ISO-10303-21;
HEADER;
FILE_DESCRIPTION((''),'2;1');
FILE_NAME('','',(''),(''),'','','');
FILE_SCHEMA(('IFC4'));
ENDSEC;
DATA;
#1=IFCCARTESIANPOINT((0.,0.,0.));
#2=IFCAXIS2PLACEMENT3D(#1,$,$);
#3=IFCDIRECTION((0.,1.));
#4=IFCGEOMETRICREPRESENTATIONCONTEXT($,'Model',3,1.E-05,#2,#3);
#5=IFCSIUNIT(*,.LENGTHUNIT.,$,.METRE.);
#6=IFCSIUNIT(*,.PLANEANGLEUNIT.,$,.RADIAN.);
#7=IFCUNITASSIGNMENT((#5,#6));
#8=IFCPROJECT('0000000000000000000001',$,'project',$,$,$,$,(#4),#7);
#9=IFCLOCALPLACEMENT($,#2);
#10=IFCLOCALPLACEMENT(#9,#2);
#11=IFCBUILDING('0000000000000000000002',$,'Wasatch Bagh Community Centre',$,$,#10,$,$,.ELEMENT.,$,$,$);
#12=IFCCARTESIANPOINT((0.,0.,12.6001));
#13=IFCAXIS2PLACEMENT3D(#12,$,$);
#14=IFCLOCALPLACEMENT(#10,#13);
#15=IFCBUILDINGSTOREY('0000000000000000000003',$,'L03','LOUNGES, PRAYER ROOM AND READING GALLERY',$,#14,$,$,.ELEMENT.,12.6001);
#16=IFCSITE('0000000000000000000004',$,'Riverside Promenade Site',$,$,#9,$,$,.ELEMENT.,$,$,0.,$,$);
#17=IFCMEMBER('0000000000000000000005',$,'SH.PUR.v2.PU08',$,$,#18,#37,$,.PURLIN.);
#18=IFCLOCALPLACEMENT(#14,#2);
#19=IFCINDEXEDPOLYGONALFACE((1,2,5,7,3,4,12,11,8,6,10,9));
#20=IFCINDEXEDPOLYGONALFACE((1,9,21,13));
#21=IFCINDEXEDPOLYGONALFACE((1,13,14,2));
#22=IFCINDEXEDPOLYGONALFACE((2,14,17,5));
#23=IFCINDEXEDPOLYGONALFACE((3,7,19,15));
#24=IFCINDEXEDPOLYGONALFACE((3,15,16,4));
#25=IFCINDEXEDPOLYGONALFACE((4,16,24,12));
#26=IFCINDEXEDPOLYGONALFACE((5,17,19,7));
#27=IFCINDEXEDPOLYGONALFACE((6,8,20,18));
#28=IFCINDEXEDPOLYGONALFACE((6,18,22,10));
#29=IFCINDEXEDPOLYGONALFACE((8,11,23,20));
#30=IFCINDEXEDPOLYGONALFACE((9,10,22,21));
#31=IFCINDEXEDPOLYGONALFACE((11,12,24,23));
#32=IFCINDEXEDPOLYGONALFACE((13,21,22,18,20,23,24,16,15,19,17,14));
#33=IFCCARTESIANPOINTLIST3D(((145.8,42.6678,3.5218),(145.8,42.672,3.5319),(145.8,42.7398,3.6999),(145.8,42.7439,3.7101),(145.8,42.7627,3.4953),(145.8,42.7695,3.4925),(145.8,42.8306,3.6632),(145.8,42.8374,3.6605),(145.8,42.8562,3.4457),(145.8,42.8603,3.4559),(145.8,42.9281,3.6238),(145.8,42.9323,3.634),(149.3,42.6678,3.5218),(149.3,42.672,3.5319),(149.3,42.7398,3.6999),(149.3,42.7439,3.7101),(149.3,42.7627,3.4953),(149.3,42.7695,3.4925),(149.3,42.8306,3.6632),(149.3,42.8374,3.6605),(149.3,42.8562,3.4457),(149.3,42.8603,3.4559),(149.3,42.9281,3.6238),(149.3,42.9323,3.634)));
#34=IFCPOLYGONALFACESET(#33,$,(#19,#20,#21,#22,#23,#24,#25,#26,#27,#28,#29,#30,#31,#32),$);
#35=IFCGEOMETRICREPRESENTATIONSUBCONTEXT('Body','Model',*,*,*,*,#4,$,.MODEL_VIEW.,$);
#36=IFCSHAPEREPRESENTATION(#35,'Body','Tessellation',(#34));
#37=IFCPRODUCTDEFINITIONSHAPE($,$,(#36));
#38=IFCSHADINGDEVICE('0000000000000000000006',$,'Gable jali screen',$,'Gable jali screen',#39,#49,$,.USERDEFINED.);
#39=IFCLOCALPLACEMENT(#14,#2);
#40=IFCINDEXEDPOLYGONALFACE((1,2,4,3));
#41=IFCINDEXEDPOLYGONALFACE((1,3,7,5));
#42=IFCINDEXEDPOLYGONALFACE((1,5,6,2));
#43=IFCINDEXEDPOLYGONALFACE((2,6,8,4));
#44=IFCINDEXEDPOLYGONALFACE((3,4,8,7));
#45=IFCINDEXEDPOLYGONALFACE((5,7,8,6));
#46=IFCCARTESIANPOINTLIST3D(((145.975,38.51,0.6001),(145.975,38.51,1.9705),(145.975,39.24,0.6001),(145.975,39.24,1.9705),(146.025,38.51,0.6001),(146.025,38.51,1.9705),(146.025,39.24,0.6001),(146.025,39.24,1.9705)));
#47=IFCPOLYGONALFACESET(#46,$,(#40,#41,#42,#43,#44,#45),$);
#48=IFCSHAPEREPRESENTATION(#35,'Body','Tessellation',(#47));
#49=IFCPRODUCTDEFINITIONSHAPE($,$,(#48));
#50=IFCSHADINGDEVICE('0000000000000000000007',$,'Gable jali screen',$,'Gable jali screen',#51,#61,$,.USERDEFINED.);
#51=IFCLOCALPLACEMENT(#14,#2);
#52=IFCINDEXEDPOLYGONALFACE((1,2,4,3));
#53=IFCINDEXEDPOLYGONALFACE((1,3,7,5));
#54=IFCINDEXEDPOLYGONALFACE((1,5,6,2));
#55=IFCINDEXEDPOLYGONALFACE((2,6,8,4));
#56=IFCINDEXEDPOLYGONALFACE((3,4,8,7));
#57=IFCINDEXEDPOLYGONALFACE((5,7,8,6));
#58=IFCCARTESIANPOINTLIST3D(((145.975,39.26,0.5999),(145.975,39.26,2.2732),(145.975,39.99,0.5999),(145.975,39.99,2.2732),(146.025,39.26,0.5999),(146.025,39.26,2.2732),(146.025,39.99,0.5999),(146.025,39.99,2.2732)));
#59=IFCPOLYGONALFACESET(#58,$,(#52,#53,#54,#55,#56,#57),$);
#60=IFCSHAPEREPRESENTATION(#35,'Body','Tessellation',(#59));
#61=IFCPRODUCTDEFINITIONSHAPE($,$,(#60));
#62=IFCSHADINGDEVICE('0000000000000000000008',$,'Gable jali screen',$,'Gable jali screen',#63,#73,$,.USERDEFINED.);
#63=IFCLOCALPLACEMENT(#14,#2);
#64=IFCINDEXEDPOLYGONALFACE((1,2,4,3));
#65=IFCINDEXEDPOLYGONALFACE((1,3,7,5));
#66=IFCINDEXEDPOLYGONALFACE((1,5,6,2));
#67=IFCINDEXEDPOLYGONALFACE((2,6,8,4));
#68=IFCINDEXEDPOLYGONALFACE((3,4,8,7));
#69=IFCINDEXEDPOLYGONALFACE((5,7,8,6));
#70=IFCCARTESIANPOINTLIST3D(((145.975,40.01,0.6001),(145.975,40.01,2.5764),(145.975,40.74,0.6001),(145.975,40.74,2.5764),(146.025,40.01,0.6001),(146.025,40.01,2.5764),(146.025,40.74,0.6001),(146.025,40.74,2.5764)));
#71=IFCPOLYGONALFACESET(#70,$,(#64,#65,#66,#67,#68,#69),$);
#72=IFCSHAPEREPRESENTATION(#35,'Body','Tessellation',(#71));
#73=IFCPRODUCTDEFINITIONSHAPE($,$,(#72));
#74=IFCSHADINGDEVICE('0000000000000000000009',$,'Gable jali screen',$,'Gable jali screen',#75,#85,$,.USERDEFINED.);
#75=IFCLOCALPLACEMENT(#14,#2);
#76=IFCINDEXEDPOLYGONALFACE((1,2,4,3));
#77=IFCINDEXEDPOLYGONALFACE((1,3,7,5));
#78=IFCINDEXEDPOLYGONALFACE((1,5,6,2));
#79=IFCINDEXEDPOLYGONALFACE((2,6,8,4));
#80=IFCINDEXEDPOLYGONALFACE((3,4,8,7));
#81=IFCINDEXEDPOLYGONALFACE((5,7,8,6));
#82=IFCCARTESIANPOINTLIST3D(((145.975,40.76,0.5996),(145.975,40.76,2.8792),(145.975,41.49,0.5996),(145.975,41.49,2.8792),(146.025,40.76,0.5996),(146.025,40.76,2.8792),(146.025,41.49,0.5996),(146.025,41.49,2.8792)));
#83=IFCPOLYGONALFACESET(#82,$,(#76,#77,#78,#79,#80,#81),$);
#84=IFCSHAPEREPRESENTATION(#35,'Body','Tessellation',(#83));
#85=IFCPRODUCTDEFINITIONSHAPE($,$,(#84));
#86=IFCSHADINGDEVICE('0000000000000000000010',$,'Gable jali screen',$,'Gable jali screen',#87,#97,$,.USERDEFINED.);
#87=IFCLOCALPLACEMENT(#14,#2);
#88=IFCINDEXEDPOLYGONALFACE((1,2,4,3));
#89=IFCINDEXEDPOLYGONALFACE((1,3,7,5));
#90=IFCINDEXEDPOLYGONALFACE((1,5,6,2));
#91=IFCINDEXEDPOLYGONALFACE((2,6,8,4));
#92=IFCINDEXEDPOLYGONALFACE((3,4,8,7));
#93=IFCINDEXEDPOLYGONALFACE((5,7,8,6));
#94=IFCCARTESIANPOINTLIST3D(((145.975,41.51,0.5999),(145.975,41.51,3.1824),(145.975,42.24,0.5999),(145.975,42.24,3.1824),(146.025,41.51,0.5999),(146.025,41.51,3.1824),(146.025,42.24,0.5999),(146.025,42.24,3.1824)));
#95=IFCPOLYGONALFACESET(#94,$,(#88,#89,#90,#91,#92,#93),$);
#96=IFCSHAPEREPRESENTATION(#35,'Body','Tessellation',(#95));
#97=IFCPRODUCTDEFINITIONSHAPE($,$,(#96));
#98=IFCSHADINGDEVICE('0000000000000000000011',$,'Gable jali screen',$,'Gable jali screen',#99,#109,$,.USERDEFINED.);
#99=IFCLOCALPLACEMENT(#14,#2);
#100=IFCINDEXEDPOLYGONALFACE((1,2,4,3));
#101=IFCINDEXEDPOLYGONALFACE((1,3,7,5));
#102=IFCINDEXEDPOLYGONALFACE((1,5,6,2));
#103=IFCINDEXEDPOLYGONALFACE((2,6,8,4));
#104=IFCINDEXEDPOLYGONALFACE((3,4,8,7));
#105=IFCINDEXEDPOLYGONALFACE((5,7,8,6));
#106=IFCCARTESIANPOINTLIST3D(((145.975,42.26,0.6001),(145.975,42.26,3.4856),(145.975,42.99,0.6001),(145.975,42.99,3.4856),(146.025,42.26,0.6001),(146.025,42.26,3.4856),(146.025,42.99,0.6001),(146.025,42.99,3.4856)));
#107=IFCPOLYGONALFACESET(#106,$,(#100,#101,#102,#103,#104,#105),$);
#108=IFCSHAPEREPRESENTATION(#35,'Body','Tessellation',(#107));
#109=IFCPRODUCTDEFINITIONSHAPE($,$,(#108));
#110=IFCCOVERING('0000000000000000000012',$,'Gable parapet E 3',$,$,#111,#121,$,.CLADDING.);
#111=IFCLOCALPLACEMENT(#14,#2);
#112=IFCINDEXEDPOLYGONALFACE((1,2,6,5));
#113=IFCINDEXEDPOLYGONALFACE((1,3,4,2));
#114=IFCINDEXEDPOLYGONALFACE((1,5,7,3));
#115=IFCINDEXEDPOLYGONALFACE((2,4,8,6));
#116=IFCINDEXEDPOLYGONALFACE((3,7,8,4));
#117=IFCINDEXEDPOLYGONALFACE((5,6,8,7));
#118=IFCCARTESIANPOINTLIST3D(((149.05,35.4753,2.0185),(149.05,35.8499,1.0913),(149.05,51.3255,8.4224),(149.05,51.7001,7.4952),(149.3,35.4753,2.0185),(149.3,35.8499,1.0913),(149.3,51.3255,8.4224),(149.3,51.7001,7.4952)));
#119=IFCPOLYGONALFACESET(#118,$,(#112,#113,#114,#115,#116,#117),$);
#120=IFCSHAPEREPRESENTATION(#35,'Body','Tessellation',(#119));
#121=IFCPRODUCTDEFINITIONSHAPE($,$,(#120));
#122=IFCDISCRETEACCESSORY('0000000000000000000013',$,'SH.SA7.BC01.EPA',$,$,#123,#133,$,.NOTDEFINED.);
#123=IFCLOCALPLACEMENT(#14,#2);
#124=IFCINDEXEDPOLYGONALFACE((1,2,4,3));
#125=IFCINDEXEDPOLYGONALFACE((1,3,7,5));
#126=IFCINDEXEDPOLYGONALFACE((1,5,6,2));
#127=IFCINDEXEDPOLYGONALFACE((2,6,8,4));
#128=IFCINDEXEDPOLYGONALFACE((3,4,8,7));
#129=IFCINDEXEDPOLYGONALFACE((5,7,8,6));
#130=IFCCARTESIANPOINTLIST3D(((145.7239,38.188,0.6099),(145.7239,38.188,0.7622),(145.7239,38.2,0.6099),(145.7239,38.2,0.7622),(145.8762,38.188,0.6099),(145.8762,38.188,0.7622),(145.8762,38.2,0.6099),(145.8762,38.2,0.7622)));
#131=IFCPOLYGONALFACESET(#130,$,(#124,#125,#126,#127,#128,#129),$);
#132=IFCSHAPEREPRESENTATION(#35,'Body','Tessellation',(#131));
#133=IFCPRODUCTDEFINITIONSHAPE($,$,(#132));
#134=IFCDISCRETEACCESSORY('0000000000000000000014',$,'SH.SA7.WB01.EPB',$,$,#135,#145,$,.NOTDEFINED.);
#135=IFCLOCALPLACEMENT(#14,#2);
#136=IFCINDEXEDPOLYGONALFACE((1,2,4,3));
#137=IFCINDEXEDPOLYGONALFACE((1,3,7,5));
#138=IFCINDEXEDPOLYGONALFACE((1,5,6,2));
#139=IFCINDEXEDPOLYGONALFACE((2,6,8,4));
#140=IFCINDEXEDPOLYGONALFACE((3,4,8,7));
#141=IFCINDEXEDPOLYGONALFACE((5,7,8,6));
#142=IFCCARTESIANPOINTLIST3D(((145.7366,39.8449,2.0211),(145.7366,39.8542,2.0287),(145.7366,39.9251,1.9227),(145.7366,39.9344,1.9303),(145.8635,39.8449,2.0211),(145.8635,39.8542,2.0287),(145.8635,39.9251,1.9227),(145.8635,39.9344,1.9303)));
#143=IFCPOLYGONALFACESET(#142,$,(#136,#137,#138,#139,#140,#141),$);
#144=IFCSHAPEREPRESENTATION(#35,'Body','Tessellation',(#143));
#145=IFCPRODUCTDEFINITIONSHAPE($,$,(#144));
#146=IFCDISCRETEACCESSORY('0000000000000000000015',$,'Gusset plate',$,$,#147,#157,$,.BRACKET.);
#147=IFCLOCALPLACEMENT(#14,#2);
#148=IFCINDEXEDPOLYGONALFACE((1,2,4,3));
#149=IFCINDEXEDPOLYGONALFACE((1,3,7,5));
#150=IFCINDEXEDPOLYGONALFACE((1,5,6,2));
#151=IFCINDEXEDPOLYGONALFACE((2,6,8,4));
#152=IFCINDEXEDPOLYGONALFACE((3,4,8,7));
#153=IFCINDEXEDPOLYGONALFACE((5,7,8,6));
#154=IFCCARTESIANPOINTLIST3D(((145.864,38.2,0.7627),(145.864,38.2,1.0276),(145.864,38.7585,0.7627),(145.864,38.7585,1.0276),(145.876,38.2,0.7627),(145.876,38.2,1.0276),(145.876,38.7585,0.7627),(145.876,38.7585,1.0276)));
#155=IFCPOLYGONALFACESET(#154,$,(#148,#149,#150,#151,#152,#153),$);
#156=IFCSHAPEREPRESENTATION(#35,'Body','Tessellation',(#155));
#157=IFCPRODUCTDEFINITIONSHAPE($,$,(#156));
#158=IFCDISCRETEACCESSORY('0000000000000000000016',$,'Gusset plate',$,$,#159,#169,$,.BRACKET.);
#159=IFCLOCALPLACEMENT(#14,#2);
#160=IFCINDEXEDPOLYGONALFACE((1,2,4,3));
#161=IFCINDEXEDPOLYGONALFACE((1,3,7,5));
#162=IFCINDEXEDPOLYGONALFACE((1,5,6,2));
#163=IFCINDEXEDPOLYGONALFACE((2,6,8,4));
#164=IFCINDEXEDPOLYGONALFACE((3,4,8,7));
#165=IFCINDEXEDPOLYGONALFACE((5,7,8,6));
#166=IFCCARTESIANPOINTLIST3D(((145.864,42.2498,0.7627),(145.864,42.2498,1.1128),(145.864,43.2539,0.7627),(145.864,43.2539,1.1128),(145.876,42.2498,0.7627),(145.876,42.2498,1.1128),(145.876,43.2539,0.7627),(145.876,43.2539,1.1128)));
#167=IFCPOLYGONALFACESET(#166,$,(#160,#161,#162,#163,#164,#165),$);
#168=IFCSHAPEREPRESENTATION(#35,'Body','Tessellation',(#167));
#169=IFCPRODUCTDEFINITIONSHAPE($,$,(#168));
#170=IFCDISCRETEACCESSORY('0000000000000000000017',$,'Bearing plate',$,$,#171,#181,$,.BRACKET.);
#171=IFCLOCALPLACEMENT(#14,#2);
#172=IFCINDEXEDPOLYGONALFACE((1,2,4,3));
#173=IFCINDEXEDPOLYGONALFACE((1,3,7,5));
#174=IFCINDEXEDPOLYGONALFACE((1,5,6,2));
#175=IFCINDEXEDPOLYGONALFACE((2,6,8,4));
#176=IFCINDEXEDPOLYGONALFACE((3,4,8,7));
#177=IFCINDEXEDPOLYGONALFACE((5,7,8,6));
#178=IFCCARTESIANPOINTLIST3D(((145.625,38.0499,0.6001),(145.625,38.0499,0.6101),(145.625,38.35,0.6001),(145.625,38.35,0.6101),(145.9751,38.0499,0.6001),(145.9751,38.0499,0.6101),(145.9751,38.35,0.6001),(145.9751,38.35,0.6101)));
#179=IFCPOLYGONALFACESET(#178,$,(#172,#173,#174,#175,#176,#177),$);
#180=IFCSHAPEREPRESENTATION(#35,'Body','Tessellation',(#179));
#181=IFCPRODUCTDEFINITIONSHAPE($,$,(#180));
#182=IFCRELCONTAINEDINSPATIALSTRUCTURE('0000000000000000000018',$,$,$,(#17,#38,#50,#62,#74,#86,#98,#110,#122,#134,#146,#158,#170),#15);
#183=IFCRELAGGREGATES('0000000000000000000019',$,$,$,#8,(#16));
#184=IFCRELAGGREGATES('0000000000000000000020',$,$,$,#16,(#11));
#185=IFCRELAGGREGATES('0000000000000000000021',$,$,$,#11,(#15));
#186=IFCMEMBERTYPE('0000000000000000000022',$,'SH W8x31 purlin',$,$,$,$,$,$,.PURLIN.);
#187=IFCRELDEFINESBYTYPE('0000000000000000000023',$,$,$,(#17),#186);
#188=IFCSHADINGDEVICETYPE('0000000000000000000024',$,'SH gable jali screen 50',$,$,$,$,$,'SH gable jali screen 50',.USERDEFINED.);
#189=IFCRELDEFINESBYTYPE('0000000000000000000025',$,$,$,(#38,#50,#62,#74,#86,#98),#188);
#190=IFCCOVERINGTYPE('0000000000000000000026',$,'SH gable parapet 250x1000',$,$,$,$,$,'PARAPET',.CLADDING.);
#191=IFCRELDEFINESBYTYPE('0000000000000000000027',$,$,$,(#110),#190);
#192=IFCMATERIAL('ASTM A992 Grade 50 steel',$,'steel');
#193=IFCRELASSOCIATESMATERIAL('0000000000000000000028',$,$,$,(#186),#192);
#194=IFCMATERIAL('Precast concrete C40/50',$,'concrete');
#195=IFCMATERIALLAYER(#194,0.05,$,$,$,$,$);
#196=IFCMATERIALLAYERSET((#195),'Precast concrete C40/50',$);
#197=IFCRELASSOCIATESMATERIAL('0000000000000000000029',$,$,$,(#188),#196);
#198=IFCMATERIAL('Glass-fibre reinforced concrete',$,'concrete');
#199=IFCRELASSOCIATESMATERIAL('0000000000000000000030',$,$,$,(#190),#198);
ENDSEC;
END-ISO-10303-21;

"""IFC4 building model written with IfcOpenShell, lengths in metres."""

from ifc_helpers import new_model, si_unit, direction, frame, origin, origin_2d, place, context, subcontext, project, spatial, polyline, rectangle, i_section, outline, extrude, material, layer, layer_set, material_profile, profile_set, type_object, element, save


model = new_model("IFC4")

# Units and contexts
model_context = context("Model", 3, precision=1e-05, world=origin(), true_north=direction((0.0, 1.0)))
body_context = subcontext(model_context, "Body", "Model", "MODEL_VIEW")
ifc_project = project(units=[si_unit("LENGTHUNIT", "METRE"), si_unit("PLANEANGLEUNIT", "RADIAN")], contexts=[model_context])

# Site, building, storey
site_placement = place(None, origin())
site = spatial("IfcSite", under=ifc_project, at=site_placement, Name="Riverside Promenade Site", CompositionType="ELEMENT", RefElevation=0.0)
building_placement = place(site_placement, origin())
building = spatial("IfcBuilding", under=site, at=building_placement, Name="Wasatch Bagh Community Centre", CompositionType="ELEMENT")
storey_placement = place(building_placement, frame((0.0, 0.0, 12.6001)))
storey = spatial("IfcBuildingStorey", under=building, at=storey_placement, Name="L03", Description="LOUNGES, PRAYER ROOM AND READING GALLERY", CompositionType="ELEMENT", Elevation=12.6001)

# Member
ifc_material_1 = material(Name="ASTM A992 Grade 50 steel", Category="steel")
ifc_material_profile_1 = material_profile(ifc_material_1, i_section(OverallWidth=0.2031, OverallDepth=0.2031, WebThickness=0.0073, FlangeThickness=0.011, at=origin_2d()), Name="W8x31")
ifc_profile_set_1 = profile_set([ifc_material_profile_1], Name="ASTM A992 Grade 50 steel")
member_type_1 = type_object("IfcMemberType", Name="SH W8x31 purlin", PredefinedType="PURLIN", material=ifc_profile_set_1)
for number, where, z_axis, x_axis, name in (
    (1, (145.8, 42.8, 3.5779), (1.0, 0.0, 0.0), (0.0, 0.927184, -0.374607), "SH.PUR.v2.PU08"),
):
    element("IfcMember", number, at=place(storey_placement, frame(where, z_axis=z_axis, x_axis=x_axis)), inside=storey, type_object=member_type_1, Name=name, PredefinedType="PURLIN", context=body_context, shape_type="SweptSolid", body=[
        extrude(i_section(OverallWidth=0.2031, OverallDepth=0.2031, WebThickness=0.0073, FlangeThickness=0.011, at=origin_2d()), origin(), (0.0, 0.0, 1.0), 3.5),
    ])

# Shading devices
ifc_material_2 = material(Name="Precast concrete C40/50", Category="concrete")
ifc_layer = layer(ifc_material_2, 0.05)
ifc_layer_set = layer_set([ifc_layer], Name="Precast concrete C40/50")
shading_device_type = type_object("IfcShadingDeviceType", Name="SH gable jali screen 50", ElementType="SH gable jali screen 50", PredefinedType="USERDEFINED", material=ifc_layer_set)
shading_device_1_placement = place(storey_placement, frame((146.0, 38.875, 0.6001), z_axis=(0.0, 0.0, 1.0), x_axis=(1.0, 0.0, 0.0)))
element("IfcShadingDevice", 2, at=shading_device_1_placement, inside=storey, type_object=shading_device_type, Name="Gable jali screen", ObjectType="Gable jali screen", PredefinedType="USERDEFINED", context=body_context, shape_type="SweptSolid", body=[
    extrude(rectangle(XDim=0.05, YDim=0.73, at=origin_2d()), origin(), (0.0, 0.0, 1.0), 1.3704),
])
shading_device_2_placement = place(storey_placement, frame((146.0, 39.625, 0.5999), z_axis=(0.0, 0.0, 1.0), x_axis=(1.0, 0.0, 0.0)))
element("IfcShadingDevice", 3, at=shading_device_2_placement, inside=storey, type_object=shading_device_type, Name="Gable jali screen", ObjectType="Gable jali screen", PredefinedType="USERDEFINED", context=body_context, shape_type="SweptSolid", body=[
    extrude(rectangle(XDim=0.05, YDim=0.73, at=origin_2d()), origin(), (0.0, 0.0, 1.0), 1.6733),
])
shading_device_3_placement = place(storey_placement, frame((146.0, 40.375, 0.6001), z_axis=(0.0, 0.0, 1.0), x_axis=(1.0, 0.0, 0.0)))
element("IfcShadingDevice", 4, at=shading_device_3_placement, inside=storey, type_object=shading_device_type, Name="Gable jali screen", ObjectType="Gable jali screen", PredefinedType="USERDEFINED", context=body_context, shape_type="SweptSolid", body=[
    extrude(rectangle(XDim=0.05, YDim=0.73, at=origin_2d()), origin(), (0.0, 0.0, 1.0), 1.9763),
])
shading_device_4_placement = place(storey_placement, frame((146.0, 41.125, 0.5996), z_axis=(0.0, 0.0, 1.0), x_axis=(1.0, 0.0, 0.0)))
element("IfcShadingDevice", 5, at=shading_device_4_placement, inside=storey, type_object=shading_device_type, Name="Gable jali screen", ObjectType="Gable jali screen", PredefinedType="USERDEFINED", context=body_context, shape_type="SweptSolid", body=[
    extrude(rectangle(XDim=0.05, YDim=0.73, at=origin_2d()), origin(), (0.0, 0.0, 1.0), 2.2795),
])
shading_device_5_placement = place(storey_placement, frame((146.0, 41.875, 0.5999), z_axis=(0.0, 0.0, 1.0), x_axis=(1.0, 0.0, 0.0)))
element("IfcShadingDevice", 6, at=shading_device_5_placement, inside=storey, type_object=shading_device_type, Name="Gable jali screen", ObjectType="Gable jali screen", PredefinedType="USERDEFINED", context=body_context, shape_type="SweptSolid", body=[
    extrude(rectangle(XDim=0.05, YDim=0.73, at=origin_2d()), origin(), (0.0, 0.0, 1.0), 2.5825),
])
shading_device_6_placement = place(storey_placement, frame((146.0, 42.625, 0.6001), z_axis=(0.0, 0.0, 1.0), x_axis=(1.0, 0.0, 0.0)))
element("IfcShadingDevice", 7, at=shading_device_6_placement, inside=storey, type_object=shading_device_type, Name="Gable jali screen", ObjectType="Gable jali screen", PredefinedType="USERDEFINED", context=body_context, shape_type="SweptSolid", body=[
    extrude(rectangle(XDim=0.05, YDim=0.73, at=origin_2d()), origin(), (0.0, 0.0, 1.0), 2.8855),
])

# Covering
ifc_material_3 = material(Name="Glass-fibre reinforced concrete", Category="concrete")
ifc_material_profile_2 = material_profile(ifc_material_3, rectangle(XDim=0.25, YDim=1.0, at=origin_2d()), Name="PARAPET 250x1000")
ifc_profile_set_2 = profile_set([ifc_material_profile_2], Name="Glass-fibre reinforced concrete")
covering_type = type_object("IfcCoveringType", Name="SH gable parapet 250x1000", ElementType="PARAPET", PredefinedType="CLADDING", material=ifc_profile_set_2)
covering_placement = place(storey_placement, frame((149.175, 35.6626, 1.5549), z_axis=(0.0, 0.927185, 0.374604), x_axis=(-1.0, 0.0, 0.0)))
element("IfcCovering", 8, at=covering_placement, inside=storey, type_object=covering_type, Name="Gable parapet E 3", PredefinedType="CLADDING", context=body_context, shape_type="SweptSolid", body=[
    extrude(rectangle(XDim=0.25, YDim=1.0, at=origin_2d()), origin(), (0.0, 0.0, 1.0), 17.095),
])

# Discrete accessories
discrete_accessory_1_placement = place(storey_placement, frame((145.8, 38.188, 0.686), z_axis=(0.0, 1.0, 0.0), x_axis=(-1.0, 0.0, 0.0)))
element("IfcDiscreteAccessory", 9, at=discrete_accessory_1_placement, inside=storey, Name="SH.SA7.BC01.EPA", PredefinedType="NOTDEFINED", context=body_context, shape_type="SweptSolid", body=[
    extrude(rectangle(XDim=0.1523, YDim=0.1523, at=origin_2d()), origin(), (0.0, 0.0, 1.0), 0.012),
])
discrete_accessory_2_placement = place(storey_placement, frame((145.8, 39.885, 1.9719), z_axis=(0.0, 0.774865, 0.632127), x_axis=(-1.0, 0.0, 0.0)))
element("IfcDiscreteAccessory", 10, at=discrete_accessory_2_placement, inside=storey, Name="SH.SA7.WB01.EPB", PredefinedType="NOTDEFINED", context=body_context, shape_type="SweptSolid", body=[
    extrude(rectangle(XDim=0.127, YDim=0.127, at=origin_2d()), origin(), (0.0, 0.0, 1.0), 0.012),
])
discrete_accessory_3_placement = place(storey_placement, frame((145.876, 38.2, 0.7627), z_axis=(1.0, 0.0, 0.0), x_axis=(0.0, 1.0, 0.0)))
element("IfcDiscreteAccessory", 11, at=discrete_accessory_3_placement, inside=storey, Name="Gusset plate", PredefinedType="BRACKET", context=body_context, shape_type="SweptSolid", body=[
    extrude(outline(polyline([(0.0, 0.0), (0.5586, 0.0), (0.5586, 0.2649), (0.0, 0.2649), (0.0, 0.0)])), origin(), (0.0, 0.0, -1.0), 0.012),
])
discrete_accessory_4_placement = place(storey_placement, frame((145.876, 42.2498, 0.7627), z_axis=(1.0, 0.0, 0.0), x_axis=(0.0, 1.0, 0.0)))
element("IfcDiscreteAccessory", 12, at=discrete_accessory_4_placement, inside=storey, Name="Gusset plate", PredefinedType="BRACKET", context=body_context, shape_type="SweptSolid", body=[
    extrude(outline(polyline([(0.0, 0.0), (1.0042, 0.0), (1.0042, 0.3501), (0.0, 0.3501), (0.0, 0.0)])), origin(), (0.0, 0.0, -1.0), 0.012),
])
discrete_accessory_5_placement = place(storey_placement, frame((145.8, 38.2, 0.6001), z_axis=(0.0, 0.0, 1.0), x_axis=(1.0, 0.0, 0.0)))
element("IfcDiscreteAccessory", 13, at=discrete_accessory_5_placement, inside=storey, Name="Bearing plate", PredefinedType="BRACKET", context=body_context, shape_type="SweptSolid", body=[
    extrude(rectangle(XDim=0.3501, YDim=0.3, at=origin_2d()), origin(), (0.0, 0.0, 1.0), 0.01),
])

save(model, "model.ifc")
